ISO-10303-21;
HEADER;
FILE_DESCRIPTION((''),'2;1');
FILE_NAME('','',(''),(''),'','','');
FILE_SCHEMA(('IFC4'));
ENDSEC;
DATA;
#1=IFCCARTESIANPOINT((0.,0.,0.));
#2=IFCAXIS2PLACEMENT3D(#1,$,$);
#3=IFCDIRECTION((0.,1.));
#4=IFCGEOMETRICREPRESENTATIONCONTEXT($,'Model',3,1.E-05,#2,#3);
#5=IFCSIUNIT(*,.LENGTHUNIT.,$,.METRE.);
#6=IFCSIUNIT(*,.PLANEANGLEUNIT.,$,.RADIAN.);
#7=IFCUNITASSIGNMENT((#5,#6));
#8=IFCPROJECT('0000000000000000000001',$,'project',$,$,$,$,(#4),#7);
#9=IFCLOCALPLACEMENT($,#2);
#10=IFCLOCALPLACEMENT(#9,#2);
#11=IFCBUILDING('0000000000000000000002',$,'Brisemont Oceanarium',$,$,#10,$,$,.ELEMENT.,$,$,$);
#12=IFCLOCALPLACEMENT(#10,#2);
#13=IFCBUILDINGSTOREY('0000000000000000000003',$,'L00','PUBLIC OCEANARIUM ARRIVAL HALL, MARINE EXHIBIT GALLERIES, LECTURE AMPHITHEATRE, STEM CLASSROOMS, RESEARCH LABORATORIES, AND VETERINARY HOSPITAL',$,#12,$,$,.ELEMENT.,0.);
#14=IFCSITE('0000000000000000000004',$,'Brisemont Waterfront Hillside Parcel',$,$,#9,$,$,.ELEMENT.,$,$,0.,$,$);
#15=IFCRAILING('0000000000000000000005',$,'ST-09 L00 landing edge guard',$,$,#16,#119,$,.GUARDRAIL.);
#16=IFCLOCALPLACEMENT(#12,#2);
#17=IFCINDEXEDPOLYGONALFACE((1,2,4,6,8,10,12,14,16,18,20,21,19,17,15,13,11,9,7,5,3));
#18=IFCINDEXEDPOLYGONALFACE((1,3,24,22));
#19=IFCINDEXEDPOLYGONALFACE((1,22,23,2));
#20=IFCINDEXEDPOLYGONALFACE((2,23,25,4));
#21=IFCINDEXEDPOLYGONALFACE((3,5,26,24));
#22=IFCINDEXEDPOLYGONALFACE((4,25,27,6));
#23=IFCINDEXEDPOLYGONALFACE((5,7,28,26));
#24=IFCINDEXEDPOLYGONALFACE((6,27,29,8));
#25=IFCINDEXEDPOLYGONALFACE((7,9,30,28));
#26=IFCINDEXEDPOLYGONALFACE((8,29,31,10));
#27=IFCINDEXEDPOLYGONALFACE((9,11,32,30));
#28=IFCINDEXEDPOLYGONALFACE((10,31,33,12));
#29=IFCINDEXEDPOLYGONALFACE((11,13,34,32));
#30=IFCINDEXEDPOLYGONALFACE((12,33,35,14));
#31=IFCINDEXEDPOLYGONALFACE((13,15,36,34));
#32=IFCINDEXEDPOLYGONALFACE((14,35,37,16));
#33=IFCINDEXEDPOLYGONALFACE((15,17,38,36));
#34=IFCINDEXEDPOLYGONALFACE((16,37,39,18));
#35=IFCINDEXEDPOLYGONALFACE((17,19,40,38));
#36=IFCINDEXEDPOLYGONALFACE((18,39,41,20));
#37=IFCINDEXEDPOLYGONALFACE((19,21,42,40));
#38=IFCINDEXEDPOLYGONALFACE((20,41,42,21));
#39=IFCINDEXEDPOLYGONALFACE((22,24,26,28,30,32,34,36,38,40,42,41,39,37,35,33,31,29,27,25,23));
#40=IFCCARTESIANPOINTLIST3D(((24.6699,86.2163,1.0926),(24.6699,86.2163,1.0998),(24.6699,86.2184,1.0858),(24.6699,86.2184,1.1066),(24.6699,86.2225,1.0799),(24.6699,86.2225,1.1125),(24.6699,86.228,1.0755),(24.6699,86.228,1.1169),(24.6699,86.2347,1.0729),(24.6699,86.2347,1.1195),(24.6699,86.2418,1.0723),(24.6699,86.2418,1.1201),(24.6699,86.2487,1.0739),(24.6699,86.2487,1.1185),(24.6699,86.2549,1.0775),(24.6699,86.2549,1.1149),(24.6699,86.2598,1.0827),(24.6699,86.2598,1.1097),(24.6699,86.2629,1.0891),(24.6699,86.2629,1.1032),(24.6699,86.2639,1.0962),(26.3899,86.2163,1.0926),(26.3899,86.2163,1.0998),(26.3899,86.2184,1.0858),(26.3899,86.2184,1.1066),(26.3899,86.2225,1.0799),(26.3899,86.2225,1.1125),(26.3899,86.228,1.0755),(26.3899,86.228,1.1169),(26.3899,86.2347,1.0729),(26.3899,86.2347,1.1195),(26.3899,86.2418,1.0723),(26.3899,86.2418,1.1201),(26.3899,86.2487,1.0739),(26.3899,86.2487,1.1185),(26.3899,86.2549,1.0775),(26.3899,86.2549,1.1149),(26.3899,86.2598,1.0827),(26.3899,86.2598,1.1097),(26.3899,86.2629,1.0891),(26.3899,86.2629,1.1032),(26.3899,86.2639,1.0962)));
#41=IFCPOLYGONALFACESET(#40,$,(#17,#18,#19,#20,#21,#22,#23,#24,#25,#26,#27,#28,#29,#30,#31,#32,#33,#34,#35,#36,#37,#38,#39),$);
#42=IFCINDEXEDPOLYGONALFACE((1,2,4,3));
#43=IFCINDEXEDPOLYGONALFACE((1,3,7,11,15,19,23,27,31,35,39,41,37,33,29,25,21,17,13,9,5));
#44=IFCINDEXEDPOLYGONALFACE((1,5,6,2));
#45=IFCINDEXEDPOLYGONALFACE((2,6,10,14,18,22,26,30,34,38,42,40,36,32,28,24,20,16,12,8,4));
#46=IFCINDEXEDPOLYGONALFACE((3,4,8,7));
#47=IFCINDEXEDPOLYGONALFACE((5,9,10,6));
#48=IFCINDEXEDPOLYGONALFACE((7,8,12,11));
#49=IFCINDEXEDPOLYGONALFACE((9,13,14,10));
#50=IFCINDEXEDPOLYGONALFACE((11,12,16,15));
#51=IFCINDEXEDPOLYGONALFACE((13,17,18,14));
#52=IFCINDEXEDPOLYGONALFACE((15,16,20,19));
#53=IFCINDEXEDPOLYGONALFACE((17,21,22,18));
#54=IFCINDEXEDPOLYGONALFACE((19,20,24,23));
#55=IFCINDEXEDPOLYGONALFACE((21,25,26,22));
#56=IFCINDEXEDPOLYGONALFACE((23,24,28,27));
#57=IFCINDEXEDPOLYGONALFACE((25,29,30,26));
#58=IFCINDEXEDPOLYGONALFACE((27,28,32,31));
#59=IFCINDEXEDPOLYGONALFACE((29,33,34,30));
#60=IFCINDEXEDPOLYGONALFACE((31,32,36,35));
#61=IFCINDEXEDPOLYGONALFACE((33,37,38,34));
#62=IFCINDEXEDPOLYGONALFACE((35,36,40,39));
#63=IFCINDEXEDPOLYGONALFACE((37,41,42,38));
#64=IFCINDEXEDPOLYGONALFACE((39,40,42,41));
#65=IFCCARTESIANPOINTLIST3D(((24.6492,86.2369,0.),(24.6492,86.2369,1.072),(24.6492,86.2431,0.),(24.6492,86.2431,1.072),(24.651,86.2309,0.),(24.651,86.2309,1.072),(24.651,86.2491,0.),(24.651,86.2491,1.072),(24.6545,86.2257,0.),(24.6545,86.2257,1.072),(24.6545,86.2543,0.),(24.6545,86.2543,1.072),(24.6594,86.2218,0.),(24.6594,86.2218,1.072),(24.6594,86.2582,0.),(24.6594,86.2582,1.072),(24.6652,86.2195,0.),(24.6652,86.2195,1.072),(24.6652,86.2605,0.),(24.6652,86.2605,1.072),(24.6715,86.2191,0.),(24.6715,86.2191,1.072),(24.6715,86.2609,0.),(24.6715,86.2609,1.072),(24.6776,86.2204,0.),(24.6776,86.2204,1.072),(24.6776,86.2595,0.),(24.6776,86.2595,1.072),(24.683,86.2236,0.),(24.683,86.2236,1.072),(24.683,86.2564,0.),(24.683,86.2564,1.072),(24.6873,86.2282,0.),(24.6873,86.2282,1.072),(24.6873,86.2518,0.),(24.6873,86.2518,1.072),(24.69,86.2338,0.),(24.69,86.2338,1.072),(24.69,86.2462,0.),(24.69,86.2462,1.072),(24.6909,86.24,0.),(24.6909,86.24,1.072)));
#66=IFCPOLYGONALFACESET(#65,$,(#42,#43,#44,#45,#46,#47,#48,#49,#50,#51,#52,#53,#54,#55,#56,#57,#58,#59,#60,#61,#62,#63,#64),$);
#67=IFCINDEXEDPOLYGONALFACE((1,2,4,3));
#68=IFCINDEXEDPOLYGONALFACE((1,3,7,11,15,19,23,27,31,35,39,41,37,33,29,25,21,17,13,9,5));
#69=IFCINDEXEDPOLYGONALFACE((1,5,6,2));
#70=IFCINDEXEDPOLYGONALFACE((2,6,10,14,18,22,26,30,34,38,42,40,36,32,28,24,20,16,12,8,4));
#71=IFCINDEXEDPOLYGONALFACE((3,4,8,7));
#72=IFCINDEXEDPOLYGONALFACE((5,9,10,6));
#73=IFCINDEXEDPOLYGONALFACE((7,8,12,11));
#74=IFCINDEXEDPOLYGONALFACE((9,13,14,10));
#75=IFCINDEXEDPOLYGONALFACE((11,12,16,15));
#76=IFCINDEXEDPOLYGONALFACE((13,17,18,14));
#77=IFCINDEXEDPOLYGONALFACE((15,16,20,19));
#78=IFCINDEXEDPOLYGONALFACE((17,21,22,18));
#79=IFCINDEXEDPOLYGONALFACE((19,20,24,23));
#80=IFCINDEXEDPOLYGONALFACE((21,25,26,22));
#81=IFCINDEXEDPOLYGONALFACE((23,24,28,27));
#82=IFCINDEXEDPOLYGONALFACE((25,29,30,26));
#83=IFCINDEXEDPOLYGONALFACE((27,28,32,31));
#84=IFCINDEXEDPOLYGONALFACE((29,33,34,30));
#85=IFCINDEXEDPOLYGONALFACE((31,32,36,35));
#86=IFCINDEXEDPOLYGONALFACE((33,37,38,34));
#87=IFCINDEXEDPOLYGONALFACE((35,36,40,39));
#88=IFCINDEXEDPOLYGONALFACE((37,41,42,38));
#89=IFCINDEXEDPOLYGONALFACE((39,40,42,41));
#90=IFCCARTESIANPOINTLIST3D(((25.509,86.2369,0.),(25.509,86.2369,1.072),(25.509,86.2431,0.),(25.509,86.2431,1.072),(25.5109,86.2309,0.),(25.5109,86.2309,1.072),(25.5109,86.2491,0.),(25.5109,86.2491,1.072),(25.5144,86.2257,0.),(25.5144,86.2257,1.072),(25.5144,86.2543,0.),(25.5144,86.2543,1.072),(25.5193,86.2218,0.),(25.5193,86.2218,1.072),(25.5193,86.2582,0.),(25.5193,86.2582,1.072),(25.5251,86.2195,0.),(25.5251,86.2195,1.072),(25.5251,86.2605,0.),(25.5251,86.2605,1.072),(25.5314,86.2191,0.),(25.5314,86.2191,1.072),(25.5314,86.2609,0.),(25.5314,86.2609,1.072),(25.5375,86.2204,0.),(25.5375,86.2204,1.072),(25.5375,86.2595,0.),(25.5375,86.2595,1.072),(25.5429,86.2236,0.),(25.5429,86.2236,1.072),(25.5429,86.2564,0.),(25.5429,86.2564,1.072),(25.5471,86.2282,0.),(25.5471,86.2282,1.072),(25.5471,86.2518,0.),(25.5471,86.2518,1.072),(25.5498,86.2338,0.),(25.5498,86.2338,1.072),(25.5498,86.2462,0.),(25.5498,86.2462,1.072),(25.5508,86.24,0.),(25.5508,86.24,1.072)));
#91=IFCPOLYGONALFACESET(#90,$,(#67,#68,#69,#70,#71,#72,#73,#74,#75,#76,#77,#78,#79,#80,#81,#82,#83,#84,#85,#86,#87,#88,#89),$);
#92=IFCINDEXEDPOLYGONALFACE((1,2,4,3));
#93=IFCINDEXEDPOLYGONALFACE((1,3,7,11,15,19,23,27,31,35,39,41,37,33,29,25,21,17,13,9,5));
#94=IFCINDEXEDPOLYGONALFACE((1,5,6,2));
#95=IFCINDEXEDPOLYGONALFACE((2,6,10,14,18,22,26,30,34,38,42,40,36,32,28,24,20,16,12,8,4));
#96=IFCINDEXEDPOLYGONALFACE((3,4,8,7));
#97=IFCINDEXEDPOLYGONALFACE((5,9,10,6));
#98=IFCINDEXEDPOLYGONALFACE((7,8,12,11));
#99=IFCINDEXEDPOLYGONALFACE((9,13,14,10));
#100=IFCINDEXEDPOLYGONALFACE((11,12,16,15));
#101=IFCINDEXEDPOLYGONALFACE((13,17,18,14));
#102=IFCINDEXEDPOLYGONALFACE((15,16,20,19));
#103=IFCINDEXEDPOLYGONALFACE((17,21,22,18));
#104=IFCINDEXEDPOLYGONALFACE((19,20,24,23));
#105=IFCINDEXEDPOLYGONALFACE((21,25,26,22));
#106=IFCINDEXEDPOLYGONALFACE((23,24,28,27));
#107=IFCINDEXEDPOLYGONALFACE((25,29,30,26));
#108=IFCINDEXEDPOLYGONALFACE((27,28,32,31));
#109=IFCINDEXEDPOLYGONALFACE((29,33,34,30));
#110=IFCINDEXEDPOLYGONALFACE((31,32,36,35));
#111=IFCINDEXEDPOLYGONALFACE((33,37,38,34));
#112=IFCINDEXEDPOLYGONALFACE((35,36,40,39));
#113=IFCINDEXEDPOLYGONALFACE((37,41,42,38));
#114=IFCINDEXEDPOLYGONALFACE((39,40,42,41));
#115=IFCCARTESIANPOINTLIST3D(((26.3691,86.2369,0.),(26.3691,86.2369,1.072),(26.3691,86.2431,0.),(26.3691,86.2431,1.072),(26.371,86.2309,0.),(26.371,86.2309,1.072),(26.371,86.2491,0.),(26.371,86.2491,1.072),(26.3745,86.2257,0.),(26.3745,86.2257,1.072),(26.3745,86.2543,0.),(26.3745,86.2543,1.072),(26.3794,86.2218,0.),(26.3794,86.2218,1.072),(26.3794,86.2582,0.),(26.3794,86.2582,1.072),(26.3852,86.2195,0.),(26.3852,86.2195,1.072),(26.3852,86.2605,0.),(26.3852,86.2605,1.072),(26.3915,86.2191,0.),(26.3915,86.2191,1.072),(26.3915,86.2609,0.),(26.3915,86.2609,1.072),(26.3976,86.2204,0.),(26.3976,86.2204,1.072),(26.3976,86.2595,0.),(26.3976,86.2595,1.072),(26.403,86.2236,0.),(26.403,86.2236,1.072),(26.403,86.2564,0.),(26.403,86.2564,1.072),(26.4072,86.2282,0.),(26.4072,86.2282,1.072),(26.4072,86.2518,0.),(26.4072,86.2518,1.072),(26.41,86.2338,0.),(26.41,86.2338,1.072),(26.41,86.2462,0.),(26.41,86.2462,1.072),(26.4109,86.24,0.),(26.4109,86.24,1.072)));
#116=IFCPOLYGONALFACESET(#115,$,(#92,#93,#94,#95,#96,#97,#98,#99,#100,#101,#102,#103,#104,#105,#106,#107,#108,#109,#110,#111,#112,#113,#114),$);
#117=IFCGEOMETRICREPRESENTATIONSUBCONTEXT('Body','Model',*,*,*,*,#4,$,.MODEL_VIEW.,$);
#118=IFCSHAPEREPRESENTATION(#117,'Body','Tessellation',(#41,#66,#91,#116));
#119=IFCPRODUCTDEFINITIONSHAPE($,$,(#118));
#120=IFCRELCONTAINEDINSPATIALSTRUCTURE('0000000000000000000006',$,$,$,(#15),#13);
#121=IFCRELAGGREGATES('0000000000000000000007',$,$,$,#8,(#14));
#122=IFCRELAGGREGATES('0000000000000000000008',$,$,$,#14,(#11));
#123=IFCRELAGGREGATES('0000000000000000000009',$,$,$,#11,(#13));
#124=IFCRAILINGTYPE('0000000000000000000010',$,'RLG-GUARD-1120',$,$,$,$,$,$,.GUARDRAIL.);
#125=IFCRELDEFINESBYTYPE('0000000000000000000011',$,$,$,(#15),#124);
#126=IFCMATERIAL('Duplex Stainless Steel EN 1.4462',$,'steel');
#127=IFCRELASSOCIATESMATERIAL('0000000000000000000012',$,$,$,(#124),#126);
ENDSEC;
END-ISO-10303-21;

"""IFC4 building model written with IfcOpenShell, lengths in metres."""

from ifc_helpers import new_model, si_unit, direction, frame, origin, origin_2d, place, context, subcontext, project, spatial, circle, extrude, material, type_object, element, save


model = new_model("IFC4")

# Units and contexts
model_context = context("Model", 3, precision=1e-05, world=origin(), true_north=direction((0.0, 1.0)))
body_context = subcontext(model_context, "Body", "Model", "MODEL_VIEW")
ifc_project = project(units=[si_unit("LENGTHUNIT", "METRE"), si_unit("PLANEANGLEUNIT", "RADIAN")], contexts=[model_context])

# Site, building, storey
site_placement = place(None, origin())
site = spatial("IfcSite", under=ifc_project, at=site_placement, Name="Brisemont Waterfront Hillside Parcel", CompositionType="ELEMENT", RefElevation=0.0)
building_placement = place(site_placement, origin())
building = spatial("IfcBuilding", under=site, at=building_placement, Name="Brisemont Oceanarium", CompositionType="ELEMENT")
storey_placement = place(building_placement, origin())
storey = spatial("IfcBuildingStorey", under=building, at=storey_placement, Name="L00", Description="PUBLIC OCEANARIUM ARRIVAL HALL, MARINE EXHIBIT GALLERIES, LECTURE AMPHITHEATRE, STEM CLASSROOMS, RESEARCH LABORATORIES, AND VETERINARY HOSPITAL", CompositionType="ELEMENT", Elevation=0.0)

# Railing
ifc_material_1 = material(Name="Duplex Stainless Steel EN 1.4462", Category="steel")
railing_type_1 = type_object("IfcRailingType", Name="RLG-GUARD-1120", PredefinedType="GUARDRAIL", material=ifc_material_1)
railing_1_placement = place(storey_placement, frame((24.6699, 86.24, 0.0)))
element("IfcRailing", 1, at=railing_1_placement, inside=storey, type_object=railing_type_1, Name="ST-09 L00 landing edge guard", PredefinedType="GUARDRAIL", context=body_context, shape_type="SweptSolid", body=[
    extrude(circle(Radius=0.0239, at=origin_2d()), frame((0.0, 0.0, 1.0962), z_axis=(1.0, 0.0, 0.0), x_axis=(0.0, 1.0, 0.0)), (0.0, 0.0, 1.0), 1.72),
    extrude(circle(Radius=0.021, at=origin_2d()), origin(), (0.0, 0.0, 1.0), 1.072),
    extrude(circle(Radius=0.021, at=origin_2d()), frame((0.8599, 0.0, 0.0)), (0.0, 0.0, 1.0), 1.072),
    extrude(circle(Radius=0.021, at=origin_2d()), frame((1.72, 0.0, 0.0)), (0.0, 0.0, 1.0), 1.072),
])

save(model, "model.ifc")
